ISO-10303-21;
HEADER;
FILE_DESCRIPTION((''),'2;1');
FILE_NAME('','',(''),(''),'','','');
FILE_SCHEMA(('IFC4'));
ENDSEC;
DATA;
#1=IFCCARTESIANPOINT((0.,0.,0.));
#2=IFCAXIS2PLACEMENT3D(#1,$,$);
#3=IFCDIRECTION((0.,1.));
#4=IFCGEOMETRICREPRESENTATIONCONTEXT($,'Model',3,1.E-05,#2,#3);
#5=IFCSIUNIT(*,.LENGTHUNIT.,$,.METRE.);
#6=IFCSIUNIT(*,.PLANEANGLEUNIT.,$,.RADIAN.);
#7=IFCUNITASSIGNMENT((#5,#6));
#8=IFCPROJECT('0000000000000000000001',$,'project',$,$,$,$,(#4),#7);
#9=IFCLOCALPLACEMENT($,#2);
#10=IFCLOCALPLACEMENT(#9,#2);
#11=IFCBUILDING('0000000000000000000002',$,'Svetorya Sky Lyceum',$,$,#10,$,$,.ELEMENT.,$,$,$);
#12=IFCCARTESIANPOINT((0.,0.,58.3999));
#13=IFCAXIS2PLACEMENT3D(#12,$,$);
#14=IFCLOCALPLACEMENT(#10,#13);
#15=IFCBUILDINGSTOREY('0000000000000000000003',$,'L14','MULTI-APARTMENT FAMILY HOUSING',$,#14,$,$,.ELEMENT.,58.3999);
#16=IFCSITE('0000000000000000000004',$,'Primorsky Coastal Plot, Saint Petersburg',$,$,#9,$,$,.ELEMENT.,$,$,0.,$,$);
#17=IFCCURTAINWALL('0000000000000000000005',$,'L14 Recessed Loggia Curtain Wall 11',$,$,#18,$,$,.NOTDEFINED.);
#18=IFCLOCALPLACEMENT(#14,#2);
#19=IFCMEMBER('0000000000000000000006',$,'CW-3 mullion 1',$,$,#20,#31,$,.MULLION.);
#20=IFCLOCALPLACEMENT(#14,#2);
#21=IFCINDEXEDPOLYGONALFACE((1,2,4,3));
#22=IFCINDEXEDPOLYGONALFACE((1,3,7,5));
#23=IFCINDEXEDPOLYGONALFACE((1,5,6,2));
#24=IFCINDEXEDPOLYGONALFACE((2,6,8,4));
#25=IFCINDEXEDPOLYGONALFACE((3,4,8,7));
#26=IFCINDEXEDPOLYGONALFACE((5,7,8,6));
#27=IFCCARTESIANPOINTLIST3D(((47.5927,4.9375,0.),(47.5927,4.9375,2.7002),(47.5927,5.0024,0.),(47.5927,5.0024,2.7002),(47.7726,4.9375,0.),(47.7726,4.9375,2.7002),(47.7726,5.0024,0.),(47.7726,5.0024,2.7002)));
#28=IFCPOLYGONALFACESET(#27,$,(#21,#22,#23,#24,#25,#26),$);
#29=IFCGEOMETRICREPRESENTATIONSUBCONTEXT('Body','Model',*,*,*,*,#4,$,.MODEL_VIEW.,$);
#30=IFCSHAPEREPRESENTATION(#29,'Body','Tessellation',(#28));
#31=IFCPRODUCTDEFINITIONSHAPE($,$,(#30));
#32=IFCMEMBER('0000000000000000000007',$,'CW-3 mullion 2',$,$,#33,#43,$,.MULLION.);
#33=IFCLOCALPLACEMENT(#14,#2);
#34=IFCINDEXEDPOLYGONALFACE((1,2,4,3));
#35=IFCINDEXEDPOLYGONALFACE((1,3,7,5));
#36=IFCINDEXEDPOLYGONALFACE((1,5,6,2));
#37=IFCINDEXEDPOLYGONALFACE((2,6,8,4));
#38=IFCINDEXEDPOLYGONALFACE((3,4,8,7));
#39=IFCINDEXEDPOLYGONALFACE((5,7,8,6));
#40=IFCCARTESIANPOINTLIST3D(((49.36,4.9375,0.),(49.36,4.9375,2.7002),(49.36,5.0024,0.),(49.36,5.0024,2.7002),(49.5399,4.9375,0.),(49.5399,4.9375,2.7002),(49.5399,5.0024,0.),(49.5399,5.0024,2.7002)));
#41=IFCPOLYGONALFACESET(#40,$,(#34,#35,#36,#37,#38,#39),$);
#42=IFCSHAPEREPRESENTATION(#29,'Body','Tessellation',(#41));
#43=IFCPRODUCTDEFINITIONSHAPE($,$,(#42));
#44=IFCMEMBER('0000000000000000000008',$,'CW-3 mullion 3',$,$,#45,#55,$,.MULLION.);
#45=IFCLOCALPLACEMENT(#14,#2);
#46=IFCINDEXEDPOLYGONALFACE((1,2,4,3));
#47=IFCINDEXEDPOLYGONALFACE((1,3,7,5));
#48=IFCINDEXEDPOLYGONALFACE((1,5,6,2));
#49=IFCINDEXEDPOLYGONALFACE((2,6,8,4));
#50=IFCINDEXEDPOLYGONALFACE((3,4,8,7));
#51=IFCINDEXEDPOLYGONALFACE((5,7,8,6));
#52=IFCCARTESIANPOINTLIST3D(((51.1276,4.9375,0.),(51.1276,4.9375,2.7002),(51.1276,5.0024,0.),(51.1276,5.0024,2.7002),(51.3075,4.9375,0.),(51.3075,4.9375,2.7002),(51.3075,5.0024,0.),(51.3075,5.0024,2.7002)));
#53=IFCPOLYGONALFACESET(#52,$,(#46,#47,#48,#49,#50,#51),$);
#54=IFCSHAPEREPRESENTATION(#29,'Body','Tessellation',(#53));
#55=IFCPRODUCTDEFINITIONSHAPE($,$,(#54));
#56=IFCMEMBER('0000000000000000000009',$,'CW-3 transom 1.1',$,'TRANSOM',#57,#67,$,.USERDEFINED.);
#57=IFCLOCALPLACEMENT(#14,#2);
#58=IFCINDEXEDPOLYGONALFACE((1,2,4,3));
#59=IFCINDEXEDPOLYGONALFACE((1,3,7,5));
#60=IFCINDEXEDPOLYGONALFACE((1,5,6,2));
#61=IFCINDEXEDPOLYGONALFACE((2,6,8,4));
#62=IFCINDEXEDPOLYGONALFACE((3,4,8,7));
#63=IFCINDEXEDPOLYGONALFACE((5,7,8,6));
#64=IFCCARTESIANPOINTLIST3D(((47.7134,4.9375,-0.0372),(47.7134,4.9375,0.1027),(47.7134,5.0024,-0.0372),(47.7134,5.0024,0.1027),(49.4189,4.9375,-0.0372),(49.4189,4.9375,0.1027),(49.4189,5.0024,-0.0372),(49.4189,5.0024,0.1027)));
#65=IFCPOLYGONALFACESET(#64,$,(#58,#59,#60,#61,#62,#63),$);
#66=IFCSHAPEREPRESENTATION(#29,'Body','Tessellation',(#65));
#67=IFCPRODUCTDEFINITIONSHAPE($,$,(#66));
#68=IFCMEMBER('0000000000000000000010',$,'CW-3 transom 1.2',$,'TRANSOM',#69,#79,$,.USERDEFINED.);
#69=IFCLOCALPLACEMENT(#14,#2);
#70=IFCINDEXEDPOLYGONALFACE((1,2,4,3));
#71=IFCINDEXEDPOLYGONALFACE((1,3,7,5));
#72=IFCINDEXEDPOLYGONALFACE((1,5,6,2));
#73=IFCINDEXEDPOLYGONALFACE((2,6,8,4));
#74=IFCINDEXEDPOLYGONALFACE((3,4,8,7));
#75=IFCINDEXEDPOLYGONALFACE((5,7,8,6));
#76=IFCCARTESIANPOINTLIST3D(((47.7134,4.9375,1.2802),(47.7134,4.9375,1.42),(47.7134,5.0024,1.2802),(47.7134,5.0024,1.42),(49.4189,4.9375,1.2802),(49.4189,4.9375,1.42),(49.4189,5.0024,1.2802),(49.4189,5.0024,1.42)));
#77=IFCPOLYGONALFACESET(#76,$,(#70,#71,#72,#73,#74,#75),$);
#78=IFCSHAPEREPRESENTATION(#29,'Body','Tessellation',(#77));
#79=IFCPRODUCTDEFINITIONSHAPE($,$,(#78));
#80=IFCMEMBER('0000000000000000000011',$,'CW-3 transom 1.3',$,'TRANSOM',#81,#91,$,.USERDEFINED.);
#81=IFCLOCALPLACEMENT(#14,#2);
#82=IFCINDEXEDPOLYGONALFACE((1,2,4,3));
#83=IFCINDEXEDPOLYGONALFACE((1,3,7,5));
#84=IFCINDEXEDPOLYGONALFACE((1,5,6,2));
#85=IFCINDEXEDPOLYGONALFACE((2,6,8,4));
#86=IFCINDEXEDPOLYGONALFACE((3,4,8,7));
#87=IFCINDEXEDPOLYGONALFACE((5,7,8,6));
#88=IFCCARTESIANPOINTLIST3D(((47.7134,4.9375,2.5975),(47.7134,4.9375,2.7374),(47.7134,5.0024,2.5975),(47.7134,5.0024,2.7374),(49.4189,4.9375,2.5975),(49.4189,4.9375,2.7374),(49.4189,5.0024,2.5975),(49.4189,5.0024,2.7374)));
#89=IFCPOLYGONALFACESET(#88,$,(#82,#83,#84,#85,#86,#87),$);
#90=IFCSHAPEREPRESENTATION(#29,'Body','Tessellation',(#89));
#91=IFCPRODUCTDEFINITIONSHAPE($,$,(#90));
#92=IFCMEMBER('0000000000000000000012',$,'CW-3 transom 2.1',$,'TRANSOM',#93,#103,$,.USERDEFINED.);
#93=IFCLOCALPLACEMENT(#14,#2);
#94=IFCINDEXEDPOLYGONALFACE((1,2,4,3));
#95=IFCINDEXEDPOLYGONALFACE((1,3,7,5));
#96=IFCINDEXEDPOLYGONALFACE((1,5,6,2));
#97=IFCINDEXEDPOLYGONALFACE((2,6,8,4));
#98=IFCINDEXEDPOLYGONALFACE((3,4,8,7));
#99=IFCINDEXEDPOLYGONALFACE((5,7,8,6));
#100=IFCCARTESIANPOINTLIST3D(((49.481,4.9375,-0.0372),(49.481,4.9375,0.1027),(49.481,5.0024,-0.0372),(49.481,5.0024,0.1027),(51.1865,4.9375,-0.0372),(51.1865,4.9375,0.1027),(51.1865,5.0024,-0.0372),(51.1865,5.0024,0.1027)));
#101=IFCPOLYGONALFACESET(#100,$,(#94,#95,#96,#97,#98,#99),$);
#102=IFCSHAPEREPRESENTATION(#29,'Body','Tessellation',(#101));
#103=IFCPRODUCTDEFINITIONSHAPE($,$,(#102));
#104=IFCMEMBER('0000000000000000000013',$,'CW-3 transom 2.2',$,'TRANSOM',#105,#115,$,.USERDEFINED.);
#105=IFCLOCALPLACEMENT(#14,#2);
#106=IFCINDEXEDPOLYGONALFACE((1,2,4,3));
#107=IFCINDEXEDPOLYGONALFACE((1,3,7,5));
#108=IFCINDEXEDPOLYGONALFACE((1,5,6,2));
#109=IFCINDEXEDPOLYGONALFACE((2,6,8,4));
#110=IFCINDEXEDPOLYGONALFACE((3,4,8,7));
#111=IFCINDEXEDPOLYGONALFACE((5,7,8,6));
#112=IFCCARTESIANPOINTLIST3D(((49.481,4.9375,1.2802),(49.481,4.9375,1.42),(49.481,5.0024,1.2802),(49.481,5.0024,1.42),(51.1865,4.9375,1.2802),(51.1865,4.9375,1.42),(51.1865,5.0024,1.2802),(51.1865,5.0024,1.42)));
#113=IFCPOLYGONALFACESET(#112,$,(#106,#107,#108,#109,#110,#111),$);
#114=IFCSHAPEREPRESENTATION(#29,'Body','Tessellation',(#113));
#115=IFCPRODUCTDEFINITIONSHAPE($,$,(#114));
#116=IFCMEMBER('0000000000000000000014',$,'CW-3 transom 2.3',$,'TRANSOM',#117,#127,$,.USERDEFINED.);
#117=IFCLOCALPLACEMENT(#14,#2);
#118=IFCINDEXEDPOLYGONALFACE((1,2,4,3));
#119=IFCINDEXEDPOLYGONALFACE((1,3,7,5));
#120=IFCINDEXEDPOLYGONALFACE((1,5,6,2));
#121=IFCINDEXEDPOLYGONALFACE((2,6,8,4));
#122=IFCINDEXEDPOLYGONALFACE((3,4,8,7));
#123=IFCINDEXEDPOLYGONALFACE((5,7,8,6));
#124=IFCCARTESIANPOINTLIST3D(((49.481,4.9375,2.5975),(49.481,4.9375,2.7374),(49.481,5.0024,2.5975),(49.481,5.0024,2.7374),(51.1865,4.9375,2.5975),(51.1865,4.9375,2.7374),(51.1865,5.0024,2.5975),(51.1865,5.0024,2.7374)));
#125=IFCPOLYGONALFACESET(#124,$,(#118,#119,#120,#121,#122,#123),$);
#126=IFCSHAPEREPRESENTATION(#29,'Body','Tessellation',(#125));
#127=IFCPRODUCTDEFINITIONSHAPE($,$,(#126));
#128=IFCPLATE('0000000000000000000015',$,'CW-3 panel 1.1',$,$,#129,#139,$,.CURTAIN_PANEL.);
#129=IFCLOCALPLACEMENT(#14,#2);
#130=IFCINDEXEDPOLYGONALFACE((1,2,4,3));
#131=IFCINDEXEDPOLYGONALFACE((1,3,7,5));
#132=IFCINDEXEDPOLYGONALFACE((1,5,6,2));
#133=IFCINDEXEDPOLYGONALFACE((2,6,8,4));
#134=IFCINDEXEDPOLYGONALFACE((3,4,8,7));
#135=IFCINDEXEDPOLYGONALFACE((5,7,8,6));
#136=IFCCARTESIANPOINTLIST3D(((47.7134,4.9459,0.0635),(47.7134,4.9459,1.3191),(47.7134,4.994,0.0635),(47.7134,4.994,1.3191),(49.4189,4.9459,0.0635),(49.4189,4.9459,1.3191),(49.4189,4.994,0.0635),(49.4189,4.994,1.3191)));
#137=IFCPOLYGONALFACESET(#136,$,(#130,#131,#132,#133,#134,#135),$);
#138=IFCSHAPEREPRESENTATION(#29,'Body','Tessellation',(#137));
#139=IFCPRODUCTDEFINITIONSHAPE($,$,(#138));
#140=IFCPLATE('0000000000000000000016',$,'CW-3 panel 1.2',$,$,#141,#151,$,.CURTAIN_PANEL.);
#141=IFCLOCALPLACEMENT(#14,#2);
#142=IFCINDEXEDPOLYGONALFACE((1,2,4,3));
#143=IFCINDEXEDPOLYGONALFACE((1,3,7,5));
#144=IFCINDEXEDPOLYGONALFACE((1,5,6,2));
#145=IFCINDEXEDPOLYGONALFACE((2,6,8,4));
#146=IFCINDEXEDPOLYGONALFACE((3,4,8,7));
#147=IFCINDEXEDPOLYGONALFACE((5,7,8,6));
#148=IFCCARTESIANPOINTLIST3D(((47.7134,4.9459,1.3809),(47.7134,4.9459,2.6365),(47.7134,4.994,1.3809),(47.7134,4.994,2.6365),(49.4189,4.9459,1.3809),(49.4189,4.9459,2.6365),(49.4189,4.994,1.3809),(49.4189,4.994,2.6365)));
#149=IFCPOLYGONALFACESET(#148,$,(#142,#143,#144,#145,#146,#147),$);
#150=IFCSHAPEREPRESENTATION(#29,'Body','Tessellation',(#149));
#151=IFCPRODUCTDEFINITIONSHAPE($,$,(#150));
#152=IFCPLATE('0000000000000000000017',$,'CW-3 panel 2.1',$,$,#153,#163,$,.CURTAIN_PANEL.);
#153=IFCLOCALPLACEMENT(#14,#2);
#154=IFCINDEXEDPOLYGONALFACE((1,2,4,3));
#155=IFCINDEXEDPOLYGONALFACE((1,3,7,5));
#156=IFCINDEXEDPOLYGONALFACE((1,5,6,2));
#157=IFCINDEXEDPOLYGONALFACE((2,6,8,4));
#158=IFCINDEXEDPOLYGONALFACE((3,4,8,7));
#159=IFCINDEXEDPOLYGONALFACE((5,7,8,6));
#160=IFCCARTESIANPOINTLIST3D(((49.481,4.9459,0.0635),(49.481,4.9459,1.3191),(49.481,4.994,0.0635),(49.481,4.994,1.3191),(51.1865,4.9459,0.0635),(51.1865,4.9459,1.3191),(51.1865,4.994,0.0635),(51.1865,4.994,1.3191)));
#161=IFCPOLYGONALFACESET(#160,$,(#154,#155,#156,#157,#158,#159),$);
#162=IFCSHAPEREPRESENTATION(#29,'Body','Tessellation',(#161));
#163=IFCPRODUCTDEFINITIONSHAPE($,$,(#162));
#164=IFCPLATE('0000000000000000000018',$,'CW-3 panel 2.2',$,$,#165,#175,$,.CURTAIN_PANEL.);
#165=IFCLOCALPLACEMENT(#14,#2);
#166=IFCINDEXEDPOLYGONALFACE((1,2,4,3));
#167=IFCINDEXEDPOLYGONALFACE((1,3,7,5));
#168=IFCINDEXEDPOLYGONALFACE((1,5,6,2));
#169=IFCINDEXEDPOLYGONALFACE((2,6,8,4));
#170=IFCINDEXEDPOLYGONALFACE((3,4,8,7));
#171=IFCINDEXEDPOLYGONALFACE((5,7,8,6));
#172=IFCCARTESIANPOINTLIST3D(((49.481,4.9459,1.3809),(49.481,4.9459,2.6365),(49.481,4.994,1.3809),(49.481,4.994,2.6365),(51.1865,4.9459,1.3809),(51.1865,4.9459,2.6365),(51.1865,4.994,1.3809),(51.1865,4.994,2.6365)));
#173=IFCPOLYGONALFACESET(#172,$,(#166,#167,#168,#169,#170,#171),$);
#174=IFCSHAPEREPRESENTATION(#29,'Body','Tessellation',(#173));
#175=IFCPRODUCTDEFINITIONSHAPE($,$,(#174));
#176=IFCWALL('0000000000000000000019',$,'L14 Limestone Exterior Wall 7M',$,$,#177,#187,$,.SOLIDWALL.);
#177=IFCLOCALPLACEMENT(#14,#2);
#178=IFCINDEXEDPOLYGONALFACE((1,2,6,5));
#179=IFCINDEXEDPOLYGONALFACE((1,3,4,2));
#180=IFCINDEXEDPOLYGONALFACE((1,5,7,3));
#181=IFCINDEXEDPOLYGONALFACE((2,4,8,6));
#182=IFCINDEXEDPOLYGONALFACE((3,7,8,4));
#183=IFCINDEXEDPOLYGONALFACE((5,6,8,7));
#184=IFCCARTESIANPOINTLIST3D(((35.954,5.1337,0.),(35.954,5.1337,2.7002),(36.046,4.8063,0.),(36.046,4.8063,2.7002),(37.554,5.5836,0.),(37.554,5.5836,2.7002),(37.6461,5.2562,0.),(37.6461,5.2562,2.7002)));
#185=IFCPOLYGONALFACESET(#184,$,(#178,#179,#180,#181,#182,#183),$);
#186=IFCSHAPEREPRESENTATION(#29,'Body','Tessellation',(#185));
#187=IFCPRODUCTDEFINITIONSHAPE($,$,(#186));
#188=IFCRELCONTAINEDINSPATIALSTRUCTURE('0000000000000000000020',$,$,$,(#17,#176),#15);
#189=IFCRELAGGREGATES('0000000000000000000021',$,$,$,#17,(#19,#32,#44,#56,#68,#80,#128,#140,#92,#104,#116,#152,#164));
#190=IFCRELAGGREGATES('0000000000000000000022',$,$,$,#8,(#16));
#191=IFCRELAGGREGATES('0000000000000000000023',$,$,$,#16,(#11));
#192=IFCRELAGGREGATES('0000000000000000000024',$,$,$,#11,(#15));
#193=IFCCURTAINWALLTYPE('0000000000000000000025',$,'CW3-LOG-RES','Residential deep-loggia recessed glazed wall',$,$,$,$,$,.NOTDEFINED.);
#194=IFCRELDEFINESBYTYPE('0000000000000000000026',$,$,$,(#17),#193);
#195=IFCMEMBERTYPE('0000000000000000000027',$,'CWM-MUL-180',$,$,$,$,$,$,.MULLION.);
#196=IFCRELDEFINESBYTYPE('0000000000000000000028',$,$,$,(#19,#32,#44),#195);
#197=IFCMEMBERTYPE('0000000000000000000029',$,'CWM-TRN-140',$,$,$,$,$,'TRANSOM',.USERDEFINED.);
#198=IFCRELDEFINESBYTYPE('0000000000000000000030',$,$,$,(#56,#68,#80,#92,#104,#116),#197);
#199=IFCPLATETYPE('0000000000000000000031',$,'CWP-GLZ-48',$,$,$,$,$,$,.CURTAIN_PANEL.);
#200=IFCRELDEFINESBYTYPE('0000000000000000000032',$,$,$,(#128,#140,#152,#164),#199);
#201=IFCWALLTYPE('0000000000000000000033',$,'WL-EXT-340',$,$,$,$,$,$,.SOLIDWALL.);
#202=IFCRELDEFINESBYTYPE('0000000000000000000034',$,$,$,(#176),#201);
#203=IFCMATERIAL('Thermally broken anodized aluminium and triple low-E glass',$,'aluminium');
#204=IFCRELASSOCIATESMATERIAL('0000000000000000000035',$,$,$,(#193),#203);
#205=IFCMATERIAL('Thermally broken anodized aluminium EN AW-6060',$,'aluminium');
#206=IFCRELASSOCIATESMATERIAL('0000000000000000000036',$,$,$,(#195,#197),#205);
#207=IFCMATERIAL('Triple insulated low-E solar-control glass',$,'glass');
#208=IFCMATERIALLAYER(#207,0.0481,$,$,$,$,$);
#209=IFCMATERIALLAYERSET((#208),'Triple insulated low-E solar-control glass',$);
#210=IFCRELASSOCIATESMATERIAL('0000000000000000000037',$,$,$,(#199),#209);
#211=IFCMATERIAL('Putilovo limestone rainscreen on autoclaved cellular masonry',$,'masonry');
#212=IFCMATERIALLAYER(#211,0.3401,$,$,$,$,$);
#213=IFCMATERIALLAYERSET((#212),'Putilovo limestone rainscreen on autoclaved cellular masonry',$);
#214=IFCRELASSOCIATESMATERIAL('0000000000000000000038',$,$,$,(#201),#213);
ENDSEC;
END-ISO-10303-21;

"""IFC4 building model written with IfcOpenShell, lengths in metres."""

from ifc_helpers import new_model, si_unit, direction, frame, frame_2d, origin, origin_2d, place, context, subcontext, project, spatial, rectangle, extrude, material, layer, layer_set, material_profile, profile_set, type_object, element, aggregate, save


model = new_model("IFC4")

# Units and contexts
model_context = context("Model", 3, precision=1e-05, world=origin(), true_north=direction((0.0, 1.0)))
body_context = subcontext(model_context, "Body", "Model", "MODEL_VIEW")
ifc_project = project(units=[si_unit("LENGTHUNIT", "METRE"), si_unit("PLANEANGLEUNIT", "RADIAN")], contexts=[model_context])

# Site, building, storey
site_placement = place(None, origin())
site = spatial("IfcSite", under=ifc_project, at=site_placement, Name="Primorsky Coastal Plot, Saint Petersburg", CompositionType="ELEMENT", RefElevation=0.0)
building_placement = place(site_placement, origin())
building = spatial("IfcBuilding", under=site, at=building_placement, Name="Svetorya Sky Lyceum", CompositionType="ELEMENT")
storey_placement = place(building_placement, frame((0.0, 0.0, 58.3999)))
storey = spatial("IfcBuildingStorey", under=building, at=storey_placement, Name="L14", Description="MULTI-APARTMENT FAMILY HOUSING", CompositionType="ELEMENT", Elevation=58.3999)

# Curtain wall, members, plates
ifc_material_1 = material(Name="Thermally broken anodized aluminium and triple low-E glass", Category="aluminium")
curtain_wall_type = type_object("IfcCurtainWallType", Name="CW3-LOG-RES", Description="Residential deep-loggia recessed glazed wall", PredefinedType="NOTDEFINED", material=ifc_material_1)
curtain_wall_placement = place(storey_placement, origin())
curtain_wall = element("IfcCurtainWall", 1, at=curtain_wall_placement, inside=storey, type_object=curtain_wall_type, Name="L14 Recessed Loggia Curtain Wall 11", PredefinedType="NOTDEFINED")
ifc_material_2 = material(Name="Thermally broken anodized aluminium EN AW-6060", Category="aluminium")
ifc_material_profile_1 = material_profile(ifc_material_2, rectangle(XDim=0.0649, YDim=0.1799, at=origin_2d()), Name="ALU MULLION 65x180")
ifc_profile_set_1 = profile_set([ifc_material_profile_1], Name="Thermally broken anodized aluminium EN AW-6060")
member_type_1 = type_object("IfcMemberType", Name="CWM-MUL-180", PredefinedType="MULLION", material=ifc_profile_set_1)
member_1_placement = place(storey_placement, frame((47.6826, 4.97, 0.0), z_axis=(0.0, 0.0, 1.0), x_axis=(0.0, 1.0, 0.0)))
member_1 = element("IfcMember", 2, at=member_1_placement, type_object=member_type_1, Name="CW-3 mullion 1", PredefinedType="MULLION", context=body_context, shape_type="SweptSolid", body=[
    extrude(rectangle(XDim=0.0649, YDim=0.1799, at=origin_2d()), origin(), (0.0, 0.0, 1.0), 2.7002),
])
member_2_placement = place(storey_placement, frame((49.45, 4.97, 0.0), z_axis=(0.0, 0.0, 1.0), x_axis=(0.0, 1.0, 0.0)))
member_2 = element("IfcMember", 3, at=member_2_placement, type_object=member_type_1, Name="CW-3 mullion 2", PredefinedType="MULLION", context=body_context, shape_type="SweptSolid", body=[
    extrude(rectangle(XDim=0.0649, YDim=0.1799, at=origin_2d()), origin(), (0.0, 0.0, 1.0), 2.7002),
])
member_3_placement = place(storey_placement, frame((51.2175, 4.97, 0.0), z_axis=(0.0, 0.0, 1.0), x_axis=(0.0, 1.0, 0.0)))
member_3 = element("IfcMember", 4, at=member_3_placement, type_object=member_type_1, Name="CW-3 mullion 3", PredefinedType="MULLION", context=body_context, shape_type="SweptSolid", body=[
    extrude(rectangle(XDim=0.0649, YDim=0.1799, at=origin_2d()), origin(), (0.0, 0.0, 1.0), 2.7002),
])
ifc_material_profile_2 = material_profile(ifc_material_2, rectangle(XDim=0.0649, YDim=0.1399, at=origin_2d()), Name="ALU TRANSOM 65x140")
ifc_profile_set_2 = profile_set([ifc_material_profile_2], Name="Thermally broken anodized aluminium EN AW-6060")
member_type_2 = type_object("IfcMemberType", Name="CWM-TRN-140", ElementType="TRANSOM", PredefinedType="USERDEFINED", material=ifc_profile_set_2)
member_4_placement = place(storey_placement, frame((47.7134, 4.97, 0.0327), z_axis=(1.0, 0.0, 0.0), x_axis=(0.0, 1.0, 0.0)))
member_4 = element("IfcMember", 5, at=member_4_placement, type_object=member_type_2, Name="CW-3 transom 1.1", ObjectType="TRANSOM", PredefinedType="USERDEFINED", context=body_context, shape_type="SweptSolid", body=[
    extrude(rectangle(XDim=0.0649, YDim=0.1399, at=origin_2d()), origin(), (0.0, 0.0, 1.0), 1.7056),
])
member_5_placement = place(storey_placement, frame((47.7134, 4.97, 1.3501), z_axis=(1.0, 0.0, 0.0), x_axis=(0.0, 1.0, 0.0)))
member_5 = element("IfcMember", 6, at=member_5_placement, type_object=member_type_2, Name="CW-3 transom 1.2", ObjectType="TRANSOM", PredefinedType="USERDEFINED", context=body_context, shape_type="SweptSolid", body=[
    extrude(rectangle(XDim=0.0649, YDim=0.1399, at=origin_2d()), origin(), (0.0, 0.0, 1.0), 1.7056),
])
member_6_placement = place(storey_placement, frame((47.7134, 4.97, 2.6675), z_axis=(1.0, 0.0, 0.0), x_axis=(0.0, 1.0, 0.0)))
member_6 = element("IfcMember", 7, at=member_6_placement, type_object=member_type_2, Name="CW-3 transom 1.3", ObjectType="TRANSOM", PredefinedType="USERDEFINED", context=body_context, shape_type="SweptSolid", body=[
    extrude(rectangle(XDim=0.0649, YDim=0.1399, at=origin_2d()), origin(), (0.0, 0.0, 1.0), 1.7056),
])
member_7_placement = place(storey_placement, frame((49.481, 4.97, 0.0327), z_axis=(1.0, 0.0, 0.0), x_axis=(0.0, 1.0, 0.0)))
member_7 = element("IfcMember", 8, at=member_7_placement, type_object=member_type_2, Name="CW-3 transom 2.1", ObjectType="TRANSOM", PredefinedType="USERDEFINED", context=body_context, shape_type="SweptSolid", body=[
    extrude(rectangle(XDim=0.0649, YDim=0.1399, at=origin_2d()), origin(), (0.0, 0.0, 1.0), 1.7056),
])
member_8_placement = place(storey_placement, frame((49.481, 4.97, 1.3501), z_axis=(1.0, 0.0, 0.0), x_axis=(0.0, 1.0, 0.0)))
member_8 = element("IfcMember", 9, at=member_8_placement, type_object=member_type_2, Name="CW-3 transom 2.2", ObjectType="TRANSOM", PredefinedType="USERDEFINED", context=body_context, shape_type="SweptSolid", body=[
    extrude(rectangle(XDim=0.0649, YDim=0.1399, at=origin_2d()), origin(), (0.0, 0.0, 1.0), 1.7056),
])
member_9_placement = place(storey_placement, frame((49.481, 4.97, 2.6675), z_axis=(1.0, 0.0, 0.0), x_axis=(0.0, 1.0, 0.0)))
member_9 = element("IfcMember", 10, at=member_9_placement, type_object=member_type_2, Name="CW-3 transom 2.3", ObjectType="TRANSOM", PredefinedType="USERDEFINED", context=body_context, shape_type="SweptSolid", body=[
    extrude(rectangle(XDim=0.0649, YDim=0.1399, at=origin_2d()), origin(), (0.0, 0.0, 1.0), 1.7056),
])
ifc_material_3 = material(Name="Triple insulated low-E solar-control glass", Category="glass")
ifc_layer_1 = layer(ifc_material_3, 0.0481)
ifc_layer_set_1 = layer_set([ifc_layer_1], Name="Triple insulated low-E solar-control glass")
plate_type = type_object("IfcPlateType", Name="CWP-GLZ-48", PredefinedType="CURTAIN_PANEL", material=ifc_layer_set_1)
plate_1_placement = place(storey_placement, frame((48.5662, 4.97, 0.0635), z_axis=(0.0, 0.0, 1.0), x_axis=(1.0, 0.0, 0.0)))
plate_1 = element("IfcPlate", 11, at=plate_1_placement, type_object=plate_type, Name="CW-3 panel 1.1", PredefinedType="CURTAIN_PANEL", context=body_context, shape_type="SweptSolid", body=[
    extrude(rectangle(XDim=1.7056, YDim=0.0481, at=origin_2d()), origin(), (0.0, 0.0, 1.0), 1.2556),
])
plate_2_placement = place(storey_placement, frame((48.5662, 4.97, 1.3809), z_axis=(0.0, 0.0, 1.0), x_axis=(1.0, 0.0, 0.0)))
plate_2 = element("IfcPlate", 12, at=plate_2_placement, type_object=plate_type, Name="CW-3 panel 1.2", PredefinedType="CURTAIN_PANEL", context=body_context, shape_type="SweptSolid", body=[
    extrude(rectangle(XDim=1.7056, YDim=0.0481, at=origin_2d()), origin(), (0.0, 0.0, 1.0), 1.2556),
])
plate_3_placement = place(storey_placement, frame((50.3337, 4.97, 0.0635), z_axis=(0.0, 0.0, 1.0), x_axis=(1.0, 0.0, 0.0)))
plate_3 = element("IfcPlate", 13, at=plate_3_placement, type_object=plate_type, Name="CW-3 panel 2.1", PredefinedType="CURTAIN_PANEL", context=body_context, shape_type="SweptSolid", body=[
    extrude(rectangle(XDim=1.7056, YDim=0.0481, at=origin_2d()), origin(), (0.0, 0.0, 1.0), 1.2556),
])
plate_4_placement = place(storey_placement, frame((50.3337, 4.97, 1.3809), z_axis=(0.0, 0.0, 1.0), x_axis=(1.0, 0.0, 0.0)))
plate_4 = element("IfcPlate", 14, at=plate_4_placement, type_object=plate_type, Name="CW-3 panel 2.2", PredefinedType="CURTAIN_PANEL", context=body_context, shape_type="SweptSolid", body=[
    extrude(rectangle(XDim=1.7056, YDim=0.0481, at=origin_2d()), origin(), (0.0, 0.0, 1.0), 1.2556),
])
aggregate(curtain_wall, [member_1, member_2, member_3, member_4, member_5, member_6, plate_1, plate_2, member_7, member_8, member_9, plate_3, plate_4])

# Wall
ifc_material_4 = material(Name="Putilovo limestone rainscreen on autoclaved cellular masonry", Category="masonry")
ifc_layer_2 = layer(ifc_material_4, 0.3401)
ifc_layer_set_2 = layer_set([ifc_layer_2], Name="Putilovo limestone rainscreen on autoclaved cellular masonry")
wall_type_1 = type_object("IfcWallType", Name="WL-EXT-340", PredefinedType="SOLIDWALL", material=ifc_layer_set_2)
wall_1_placement = place(storey_placement, frame((36.0, 4.97, 0.0), z_axis=(0.0, 0.0, 1.0), x_axis=(0.962663, 0.270703, 0.0)))
element("IfcWall", 15, at=wall_1_placement, inside=storey, type_object=wall_type_1, Name="L14 Limestone Exterior Wall 7M", PredefinedType="SOLIDWALL", context=body_context, shape_type="SweptSolid", body=[
    extrude(rectangle(XDim=1.6621, YDim=0.3401, at=frame_2d((0.8311, 0.0))), origin(), (0.0, 0.0, 1.0), 2.7002),
])

save(model, "model.ifc")
